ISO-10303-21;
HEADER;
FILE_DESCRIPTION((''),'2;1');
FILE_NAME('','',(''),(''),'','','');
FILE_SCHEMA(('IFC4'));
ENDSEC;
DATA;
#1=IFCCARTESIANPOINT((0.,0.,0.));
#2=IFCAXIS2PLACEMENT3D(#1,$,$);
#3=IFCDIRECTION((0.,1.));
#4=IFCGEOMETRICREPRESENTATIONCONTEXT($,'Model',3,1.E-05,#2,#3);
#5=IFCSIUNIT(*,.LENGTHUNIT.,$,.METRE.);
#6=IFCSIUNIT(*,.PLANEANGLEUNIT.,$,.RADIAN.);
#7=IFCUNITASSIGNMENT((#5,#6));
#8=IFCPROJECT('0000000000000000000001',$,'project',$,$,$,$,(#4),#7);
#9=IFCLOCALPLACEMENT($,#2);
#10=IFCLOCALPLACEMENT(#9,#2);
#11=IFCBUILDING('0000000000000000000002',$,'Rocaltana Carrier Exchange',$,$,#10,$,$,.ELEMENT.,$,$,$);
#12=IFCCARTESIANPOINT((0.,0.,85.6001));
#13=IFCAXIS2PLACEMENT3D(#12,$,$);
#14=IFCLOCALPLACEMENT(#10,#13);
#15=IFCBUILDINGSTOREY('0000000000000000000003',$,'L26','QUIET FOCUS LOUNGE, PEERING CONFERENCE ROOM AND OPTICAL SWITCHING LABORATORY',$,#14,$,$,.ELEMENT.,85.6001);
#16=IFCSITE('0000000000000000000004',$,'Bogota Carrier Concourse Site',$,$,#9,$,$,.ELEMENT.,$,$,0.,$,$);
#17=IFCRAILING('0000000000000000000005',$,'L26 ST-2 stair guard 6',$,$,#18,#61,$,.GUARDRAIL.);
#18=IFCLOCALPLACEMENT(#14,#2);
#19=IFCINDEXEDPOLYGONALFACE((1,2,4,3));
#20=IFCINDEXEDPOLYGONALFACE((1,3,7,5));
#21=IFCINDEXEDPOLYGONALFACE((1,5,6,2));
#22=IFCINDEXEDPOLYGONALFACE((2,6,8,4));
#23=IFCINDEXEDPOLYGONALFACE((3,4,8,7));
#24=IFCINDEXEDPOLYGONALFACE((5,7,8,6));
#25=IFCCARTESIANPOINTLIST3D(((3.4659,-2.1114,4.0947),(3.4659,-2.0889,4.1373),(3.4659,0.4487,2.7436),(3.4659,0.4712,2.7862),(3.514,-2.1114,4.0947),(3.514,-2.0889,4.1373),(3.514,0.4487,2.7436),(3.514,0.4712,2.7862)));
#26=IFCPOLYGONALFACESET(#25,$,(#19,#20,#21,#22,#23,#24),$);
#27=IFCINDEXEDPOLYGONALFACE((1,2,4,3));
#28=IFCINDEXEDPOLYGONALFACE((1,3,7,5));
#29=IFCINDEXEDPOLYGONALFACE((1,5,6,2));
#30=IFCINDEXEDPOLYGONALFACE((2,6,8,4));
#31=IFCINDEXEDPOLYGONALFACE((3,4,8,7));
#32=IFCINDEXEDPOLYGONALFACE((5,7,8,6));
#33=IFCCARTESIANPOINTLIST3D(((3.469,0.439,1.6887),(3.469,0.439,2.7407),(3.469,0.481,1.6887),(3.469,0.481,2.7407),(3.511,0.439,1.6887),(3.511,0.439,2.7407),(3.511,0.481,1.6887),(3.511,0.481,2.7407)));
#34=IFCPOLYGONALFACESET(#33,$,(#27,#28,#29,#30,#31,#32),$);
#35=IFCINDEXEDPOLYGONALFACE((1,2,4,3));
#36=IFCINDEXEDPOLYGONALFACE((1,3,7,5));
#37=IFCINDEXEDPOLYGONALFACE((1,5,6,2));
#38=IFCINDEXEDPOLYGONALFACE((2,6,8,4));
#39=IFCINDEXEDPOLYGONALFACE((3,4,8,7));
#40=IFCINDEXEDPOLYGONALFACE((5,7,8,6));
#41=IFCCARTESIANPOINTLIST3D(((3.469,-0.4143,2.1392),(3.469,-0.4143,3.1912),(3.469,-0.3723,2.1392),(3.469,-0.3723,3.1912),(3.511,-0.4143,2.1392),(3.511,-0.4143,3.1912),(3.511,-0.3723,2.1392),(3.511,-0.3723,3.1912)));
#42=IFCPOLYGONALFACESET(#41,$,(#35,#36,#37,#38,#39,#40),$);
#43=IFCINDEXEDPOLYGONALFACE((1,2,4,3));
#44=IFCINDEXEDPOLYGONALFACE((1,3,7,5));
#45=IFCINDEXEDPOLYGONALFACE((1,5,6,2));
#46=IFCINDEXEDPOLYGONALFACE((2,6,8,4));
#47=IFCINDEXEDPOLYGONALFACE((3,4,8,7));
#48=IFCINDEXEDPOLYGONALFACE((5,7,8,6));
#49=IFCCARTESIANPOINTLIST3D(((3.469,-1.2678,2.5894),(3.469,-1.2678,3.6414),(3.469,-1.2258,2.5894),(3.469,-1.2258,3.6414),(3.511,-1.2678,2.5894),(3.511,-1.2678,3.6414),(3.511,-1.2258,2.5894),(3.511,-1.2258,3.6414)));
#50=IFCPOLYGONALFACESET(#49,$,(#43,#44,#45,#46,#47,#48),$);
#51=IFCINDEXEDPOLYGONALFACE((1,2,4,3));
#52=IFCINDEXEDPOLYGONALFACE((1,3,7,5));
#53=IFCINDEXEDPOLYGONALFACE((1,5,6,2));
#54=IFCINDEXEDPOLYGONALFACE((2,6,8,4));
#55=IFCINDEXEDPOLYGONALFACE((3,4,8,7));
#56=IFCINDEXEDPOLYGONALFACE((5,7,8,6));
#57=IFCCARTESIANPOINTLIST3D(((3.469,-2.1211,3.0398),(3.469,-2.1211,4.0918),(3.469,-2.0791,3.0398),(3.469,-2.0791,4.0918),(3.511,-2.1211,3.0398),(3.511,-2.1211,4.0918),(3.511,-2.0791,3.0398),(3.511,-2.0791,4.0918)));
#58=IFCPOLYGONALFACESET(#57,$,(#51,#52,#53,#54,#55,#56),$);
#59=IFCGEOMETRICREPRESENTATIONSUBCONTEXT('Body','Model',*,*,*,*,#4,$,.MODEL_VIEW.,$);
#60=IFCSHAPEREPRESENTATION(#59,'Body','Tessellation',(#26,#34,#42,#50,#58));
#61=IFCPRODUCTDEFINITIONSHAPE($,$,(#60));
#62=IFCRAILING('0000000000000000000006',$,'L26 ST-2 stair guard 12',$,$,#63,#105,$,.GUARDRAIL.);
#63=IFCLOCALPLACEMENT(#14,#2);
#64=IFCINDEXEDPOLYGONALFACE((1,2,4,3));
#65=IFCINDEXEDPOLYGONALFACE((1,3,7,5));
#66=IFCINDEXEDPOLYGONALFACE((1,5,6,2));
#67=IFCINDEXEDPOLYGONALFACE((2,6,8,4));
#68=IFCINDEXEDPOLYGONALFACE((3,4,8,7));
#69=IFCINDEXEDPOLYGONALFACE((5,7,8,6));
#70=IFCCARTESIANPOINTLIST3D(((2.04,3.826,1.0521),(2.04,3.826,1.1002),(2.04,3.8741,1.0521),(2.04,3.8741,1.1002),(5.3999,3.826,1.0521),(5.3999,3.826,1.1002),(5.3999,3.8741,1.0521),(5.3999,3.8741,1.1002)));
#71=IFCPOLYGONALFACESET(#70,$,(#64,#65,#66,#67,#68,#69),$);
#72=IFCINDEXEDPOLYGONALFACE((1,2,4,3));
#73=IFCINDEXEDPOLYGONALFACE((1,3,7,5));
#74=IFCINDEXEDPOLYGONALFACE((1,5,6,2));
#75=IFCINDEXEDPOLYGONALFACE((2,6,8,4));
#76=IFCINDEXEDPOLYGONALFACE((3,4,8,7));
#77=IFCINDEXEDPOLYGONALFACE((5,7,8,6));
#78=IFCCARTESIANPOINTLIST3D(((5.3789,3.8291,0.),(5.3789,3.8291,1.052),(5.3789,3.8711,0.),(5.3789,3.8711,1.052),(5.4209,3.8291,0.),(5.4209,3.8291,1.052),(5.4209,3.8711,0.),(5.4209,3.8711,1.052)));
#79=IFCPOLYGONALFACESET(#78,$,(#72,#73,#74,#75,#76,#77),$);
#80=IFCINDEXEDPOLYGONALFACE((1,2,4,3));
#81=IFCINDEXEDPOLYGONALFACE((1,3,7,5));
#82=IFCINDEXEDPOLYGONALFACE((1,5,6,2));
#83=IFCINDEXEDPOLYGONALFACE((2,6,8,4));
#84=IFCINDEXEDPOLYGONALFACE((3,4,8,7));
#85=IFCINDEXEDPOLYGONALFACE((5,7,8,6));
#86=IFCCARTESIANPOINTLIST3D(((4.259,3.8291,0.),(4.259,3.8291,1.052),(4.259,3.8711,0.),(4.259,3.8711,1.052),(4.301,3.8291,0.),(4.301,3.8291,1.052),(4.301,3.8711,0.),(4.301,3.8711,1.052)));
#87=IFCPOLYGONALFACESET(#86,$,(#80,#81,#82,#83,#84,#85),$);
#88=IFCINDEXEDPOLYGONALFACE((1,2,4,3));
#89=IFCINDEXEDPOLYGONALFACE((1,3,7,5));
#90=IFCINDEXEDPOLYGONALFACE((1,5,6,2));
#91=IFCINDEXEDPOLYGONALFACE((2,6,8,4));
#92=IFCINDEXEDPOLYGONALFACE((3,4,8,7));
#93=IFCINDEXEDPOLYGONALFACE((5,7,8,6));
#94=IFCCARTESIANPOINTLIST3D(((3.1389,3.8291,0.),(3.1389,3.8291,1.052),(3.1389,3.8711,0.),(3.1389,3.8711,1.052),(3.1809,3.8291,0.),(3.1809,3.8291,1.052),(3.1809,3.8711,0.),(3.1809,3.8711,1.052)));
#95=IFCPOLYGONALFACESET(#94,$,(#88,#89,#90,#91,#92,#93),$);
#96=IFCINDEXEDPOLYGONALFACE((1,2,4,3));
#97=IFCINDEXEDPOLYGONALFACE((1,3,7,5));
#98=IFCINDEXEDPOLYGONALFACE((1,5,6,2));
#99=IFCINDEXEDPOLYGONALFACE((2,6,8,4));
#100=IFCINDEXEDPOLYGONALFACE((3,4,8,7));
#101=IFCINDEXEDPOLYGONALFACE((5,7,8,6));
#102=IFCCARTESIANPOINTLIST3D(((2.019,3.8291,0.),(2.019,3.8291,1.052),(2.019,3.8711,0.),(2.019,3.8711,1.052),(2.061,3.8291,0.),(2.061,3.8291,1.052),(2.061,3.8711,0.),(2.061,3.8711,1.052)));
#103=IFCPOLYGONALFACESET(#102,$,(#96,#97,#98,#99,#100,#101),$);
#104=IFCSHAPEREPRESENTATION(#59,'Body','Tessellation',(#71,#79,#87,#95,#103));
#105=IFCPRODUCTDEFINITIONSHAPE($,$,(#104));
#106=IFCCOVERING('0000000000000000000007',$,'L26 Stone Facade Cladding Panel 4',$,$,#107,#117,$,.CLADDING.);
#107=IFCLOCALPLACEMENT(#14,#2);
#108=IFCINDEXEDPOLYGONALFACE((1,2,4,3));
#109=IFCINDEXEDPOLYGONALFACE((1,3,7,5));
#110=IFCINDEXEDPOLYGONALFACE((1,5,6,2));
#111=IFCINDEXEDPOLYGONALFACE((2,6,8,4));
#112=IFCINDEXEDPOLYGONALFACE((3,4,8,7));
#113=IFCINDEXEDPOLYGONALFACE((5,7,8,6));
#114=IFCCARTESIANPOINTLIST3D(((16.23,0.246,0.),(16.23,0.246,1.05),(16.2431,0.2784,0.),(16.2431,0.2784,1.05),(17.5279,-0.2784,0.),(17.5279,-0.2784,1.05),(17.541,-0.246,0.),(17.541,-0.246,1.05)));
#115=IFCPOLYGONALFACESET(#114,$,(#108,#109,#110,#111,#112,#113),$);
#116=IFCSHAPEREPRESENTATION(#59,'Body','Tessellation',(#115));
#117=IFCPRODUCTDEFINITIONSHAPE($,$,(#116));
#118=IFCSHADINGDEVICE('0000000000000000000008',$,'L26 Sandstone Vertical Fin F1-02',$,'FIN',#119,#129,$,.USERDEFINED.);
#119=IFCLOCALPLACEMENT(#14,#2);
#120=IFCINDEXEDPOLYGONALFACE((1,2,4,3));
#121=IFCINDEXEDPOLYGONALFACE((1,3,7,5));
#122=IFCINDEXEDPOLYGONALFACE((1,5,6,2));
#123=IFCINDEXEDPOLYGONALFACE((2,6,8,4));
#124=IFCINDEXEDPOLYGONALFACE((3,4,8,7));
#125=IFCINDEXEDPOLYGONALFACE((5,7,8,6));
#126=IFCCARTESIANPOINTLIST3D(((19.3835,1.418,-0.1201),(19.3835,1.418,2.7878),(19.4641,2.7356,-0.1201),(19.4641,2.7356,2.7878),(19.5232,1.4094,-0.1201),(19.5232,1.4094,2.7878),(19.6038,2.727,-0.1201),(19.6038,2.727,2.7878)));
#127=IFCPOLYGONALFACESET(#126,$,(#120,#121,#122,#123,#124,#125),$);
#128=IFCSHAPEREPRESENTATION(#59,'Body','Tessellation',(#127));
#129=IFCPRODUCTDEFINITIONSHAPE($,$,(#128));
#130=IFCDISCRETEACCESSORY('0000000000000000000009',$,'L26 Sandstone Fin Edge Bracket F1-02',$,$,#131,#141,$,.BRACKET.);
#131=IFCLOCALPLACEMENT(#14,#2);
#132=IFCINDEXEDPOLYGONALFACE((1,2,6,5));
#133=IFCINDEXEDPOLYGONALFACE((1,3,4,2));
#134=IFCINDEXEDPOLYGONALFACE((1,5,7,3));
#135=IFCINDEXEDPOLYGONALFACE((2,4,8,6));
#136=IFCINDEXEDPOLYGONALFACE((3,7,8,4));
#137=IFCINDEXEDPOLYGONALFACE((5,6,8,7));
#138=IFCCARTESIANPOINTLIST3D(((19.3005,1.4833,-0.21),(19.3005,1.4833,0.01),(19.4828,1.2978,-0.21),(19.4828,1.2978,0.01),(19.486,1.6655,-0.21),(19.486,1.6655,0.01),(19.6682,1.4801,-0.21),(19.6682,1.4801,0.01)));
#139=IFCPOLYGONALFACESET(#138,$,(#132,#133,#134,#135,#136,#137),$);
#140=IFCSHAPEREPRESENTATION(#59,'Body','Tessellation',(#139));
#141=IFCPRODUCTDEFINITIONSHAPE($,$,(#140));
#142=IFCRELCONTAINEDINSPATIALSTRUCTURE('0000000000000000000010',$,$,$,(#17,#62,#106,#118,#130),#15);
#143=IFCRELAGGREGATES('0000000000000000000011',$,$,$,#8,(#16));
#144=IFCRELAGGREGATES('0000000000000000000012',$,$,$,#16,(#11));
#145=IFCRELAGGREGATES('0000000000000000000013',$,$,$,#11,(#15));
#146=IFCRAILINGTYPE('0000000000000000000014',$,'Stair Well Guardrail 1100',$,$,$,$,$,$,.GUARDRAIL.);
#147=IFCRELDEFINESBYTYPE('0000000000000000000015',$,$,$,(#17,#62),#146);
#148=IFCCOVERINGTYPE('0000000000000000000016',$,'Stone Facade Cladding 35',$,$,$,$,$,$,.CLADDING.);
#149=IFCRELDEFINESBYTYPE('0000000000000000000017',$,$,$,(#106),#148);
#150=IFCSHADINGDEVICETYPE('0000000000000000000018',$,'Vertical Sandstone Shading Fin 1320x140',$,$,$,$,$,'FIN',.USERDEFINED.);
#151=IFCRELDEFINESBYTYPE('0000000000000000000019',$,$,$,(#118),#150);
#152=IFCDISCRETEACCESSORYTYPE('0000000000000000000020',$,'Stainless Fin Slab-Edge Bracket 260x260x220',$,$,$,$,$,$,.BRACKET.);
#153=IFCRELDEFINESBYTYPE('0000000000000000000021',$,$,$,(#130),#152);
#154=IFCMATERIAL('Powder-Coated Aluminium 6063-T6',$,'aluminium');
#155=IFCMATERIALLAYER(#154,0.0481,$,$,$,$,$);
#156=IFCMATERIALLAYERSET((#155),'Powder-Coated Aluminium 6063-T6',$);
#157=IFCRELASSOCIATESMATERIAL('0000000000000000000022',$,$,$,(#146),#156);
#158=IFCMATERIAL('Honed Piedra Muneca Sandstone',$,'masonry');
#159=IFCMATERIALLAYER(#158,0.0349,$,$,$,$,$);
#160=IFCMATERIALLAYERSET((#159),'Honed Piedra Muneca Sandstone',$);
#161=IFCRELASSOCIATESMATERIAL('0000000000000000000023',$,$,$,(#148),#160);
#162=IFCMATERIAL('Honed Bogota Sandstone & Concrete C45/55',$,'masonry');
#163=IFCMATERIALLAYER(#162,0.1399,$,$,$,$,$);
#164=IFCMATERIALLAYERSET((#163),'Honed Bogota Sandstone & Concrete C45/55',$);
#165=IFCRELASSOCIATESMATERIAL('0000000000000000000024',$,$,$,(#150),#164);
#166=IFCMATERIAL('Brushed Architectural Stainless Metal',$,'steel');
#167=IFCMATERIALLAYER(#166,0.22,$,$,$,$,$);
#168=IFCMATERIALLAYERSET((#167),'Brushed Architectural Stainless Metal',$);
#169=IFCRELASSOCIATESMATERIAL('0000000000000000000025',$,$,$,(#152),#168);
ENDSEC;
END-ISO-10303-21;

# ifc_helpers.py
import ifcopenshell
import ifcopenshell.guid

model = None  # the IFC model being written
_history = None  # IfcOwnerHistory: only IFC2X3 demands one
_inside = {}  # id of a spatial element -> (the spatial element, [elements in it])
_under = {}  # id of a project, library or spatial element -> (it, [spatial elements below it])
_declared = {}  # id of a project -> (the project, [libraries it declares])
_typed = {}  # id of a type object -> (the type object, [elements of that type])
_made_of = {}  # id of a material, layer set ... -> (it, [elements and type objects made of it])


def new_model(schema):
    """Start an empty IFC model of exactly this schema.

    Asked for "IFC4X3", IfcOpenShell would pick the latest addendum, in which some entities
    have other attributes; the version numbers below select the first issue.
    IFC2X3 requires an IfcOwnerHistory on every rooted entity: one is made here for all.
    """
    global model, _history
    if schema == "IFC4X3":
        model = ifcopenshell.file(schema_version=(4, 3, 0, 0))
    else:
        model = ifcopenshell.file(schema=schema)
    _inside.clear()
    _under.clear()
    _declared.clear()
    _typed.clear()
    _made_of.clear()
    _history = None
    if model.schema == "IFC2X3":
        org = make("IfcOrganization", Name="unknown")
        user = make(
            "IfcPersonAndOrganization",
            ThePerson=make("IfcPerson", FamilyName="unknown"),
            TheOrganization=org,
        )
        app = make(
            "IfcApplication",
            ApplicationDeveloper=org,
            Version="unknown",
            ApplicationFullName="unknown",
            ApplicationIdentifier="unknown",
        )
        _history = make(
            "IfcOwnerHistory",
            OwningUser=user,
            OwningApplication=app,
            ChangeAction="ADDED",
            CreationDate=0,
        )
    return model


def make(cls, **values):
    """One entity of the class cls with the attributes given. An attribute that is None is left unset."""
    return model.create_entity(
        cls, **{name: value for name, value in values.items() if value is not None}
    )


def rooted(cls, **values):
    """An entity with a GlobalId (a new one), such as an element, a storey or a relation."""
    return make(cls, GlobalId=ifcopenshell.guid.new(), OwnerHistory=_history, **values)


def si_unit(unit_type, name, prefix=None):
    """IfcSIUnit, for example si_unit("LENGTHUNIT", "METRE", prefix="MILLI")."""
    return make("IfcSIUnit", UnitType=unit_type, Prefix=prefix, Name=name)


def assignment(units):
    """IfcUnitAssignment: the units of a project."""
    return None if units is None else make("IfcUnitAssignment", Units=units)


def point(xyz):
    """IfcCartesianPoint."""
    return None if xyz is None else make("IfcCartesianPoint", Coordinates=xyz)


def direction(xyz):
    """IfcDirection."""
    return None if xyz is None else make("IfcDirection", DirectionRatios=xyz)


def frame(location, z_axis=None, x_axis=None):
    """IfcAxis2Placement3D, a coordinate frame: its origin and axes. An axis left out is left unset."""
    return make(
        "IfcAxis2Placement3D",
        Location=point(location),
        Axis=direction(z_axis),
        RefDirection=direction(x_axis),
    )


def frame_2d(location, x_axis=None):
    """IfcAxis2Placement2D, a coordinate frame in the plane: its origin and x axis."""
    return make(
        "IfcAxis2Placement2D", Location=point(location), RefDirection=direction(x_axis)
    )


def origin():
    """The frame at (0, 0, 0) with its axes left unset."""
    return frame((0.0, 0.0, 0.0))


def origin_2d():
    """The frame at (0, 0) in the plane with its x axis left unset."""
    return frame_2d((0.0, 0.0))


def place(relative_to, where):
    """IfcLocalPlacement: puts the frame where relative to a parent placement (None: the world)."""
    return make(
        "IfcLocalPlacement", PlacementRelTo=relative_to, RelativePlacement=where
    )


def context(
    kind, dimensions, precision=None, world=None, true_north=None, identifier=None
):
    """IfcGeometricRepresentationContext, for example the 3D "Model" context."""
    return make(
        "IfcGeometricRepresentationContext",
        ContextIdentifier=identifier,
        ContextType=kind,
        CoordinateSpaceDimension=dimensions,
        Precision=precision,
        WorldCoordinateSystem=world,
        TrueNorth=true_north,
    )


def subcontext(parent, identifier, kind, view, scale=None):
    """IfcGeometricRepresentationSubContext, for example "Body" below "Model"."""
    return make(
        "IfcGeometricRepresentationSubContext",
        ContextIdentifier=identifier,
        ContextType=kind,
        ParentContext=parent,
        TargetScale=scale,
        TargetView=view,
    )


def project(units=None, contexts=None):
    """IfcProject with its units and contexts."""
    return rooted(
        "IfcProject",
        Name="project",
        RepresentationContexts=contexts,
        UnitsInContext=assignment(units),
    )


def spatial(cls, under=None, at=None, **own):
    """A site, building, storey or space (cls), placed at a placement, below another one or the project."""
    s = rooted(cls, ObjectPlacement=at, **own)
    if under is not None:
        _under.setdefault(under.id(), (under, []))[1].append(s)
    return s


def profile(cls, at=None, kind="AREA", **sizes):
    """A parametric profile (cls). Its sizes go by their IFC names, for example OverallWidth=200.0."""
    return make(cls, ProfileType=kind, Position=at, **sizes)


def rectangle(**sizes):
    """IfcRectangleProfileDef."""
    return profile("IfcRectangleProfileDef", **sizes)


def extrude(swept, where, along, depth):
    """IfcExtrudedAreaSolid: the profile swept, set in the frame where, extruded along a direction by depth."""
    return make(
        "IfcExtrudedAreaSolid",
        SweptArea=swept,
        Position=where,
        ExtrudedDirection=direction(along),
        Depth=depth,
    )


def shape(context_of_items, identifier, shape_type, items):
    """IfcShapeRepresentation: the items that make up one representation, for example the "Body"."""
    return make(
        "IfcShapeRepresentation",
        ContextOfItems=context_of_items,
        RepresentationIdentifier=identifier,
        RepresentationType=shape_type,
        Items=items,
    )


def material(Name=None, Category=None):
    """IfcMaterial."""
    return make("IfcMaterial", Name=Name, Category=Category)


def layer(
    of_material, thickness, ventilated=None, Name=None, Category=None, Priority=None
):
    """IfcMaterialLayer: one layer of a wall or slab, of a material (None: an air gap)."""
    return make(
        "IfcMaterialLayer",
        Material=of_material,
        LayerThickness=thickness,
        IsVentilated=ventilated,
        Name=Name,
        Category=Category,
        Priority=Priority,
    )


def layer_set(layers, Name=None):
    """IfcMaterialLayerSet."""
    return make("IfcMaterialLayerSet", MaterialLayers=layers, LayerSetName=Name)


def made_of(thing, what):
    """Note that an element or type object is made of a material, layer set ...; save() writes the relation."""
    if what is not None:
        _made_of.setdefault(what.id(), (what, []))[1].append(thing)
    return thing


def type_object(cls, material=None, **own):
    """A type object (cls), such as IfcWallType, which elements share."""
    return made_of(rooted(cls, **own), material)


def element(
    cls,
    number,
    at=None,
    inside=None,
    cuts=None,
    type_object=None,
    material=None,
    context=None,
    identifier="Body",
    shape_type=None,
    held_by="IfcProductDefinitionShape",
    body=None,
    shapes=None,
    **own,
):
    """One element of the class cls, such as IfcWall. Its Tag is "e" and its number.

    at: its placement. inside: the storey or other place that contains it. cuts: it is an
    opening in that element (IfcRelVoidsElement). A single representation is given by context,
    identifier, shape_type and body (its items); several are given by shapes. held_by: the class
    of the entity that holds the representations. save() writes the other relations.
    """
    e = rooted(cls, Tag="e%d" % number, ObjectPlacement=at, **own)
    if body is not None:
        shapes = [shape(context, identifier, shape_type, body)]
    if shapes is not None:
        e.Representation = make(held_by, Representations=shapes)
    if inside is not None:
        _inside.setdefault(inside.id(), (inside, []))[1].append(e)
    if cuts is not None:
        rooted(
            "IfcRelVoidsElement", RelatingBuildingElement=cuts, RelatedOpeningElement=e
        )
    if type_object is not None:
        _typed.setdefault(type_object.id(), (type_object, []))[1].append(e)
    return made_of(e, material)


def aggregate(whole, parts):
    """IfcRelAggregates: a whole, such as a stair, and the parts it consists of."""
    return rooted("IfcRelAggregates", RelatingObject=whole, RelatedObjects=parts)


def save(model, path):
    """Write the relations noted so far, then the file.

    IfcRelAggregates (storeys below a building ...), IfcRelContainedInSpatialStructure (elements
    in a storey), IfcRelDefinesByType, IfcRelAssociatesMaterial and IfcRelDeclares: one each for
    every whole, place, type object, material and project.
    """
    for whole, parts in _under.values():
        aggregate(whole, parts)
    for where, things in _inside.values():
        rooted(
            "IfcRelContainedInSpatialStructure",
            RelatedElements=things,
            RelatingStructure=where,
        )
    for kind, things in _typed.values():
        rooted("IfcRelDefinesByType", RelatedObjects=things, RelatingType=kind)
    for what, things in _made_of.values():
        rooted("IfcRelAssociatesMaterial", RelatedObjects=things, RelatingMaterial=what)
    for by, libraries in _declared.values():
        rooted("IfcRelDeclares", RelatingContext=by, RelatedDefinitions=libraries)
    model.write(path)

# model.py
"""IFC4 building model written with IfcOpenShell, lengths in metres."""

from ifc_helpers import new_model, si_unit, direction, frame, origin, origin_2d, place, context, subcontext, project, spatial, rectangle, extrude, material, layer, layer_set, type_object, element, save


model = new_model("IFC4")

# Units and contexts
model_context = context("Model", 3, precision=1e-05, world=origin(), true_north=direction((0.0, 1.0)))
body_context = subcontext(model_context, "Body", "Model", "MODEL_VIEW")
ifc_project = project(units=[si_unit("LENGTHUNIT", "METRE"), si_unit("PLANEANGLEUNIT", "RADIAN")], contexts=[model_context])

# Site, building, storey
site_placement = place(None, origin())
site = spatial("IfcSite", under=ifc_project, at=site_placement, Name="Bogota Carrier Concourse Site", CompositionType="ELEMENT", RefElevation=0.0)
building_placement = place(site_placement, origin())
building = spatial("IfcBuilding", under=site, at=building_placement, Name="Rocaltana Carrier Exchange", CompositionType="ELEMENT")
storey_placement = place(building_placement, frame((0.0, 0.0, 85.6001)))
storey = spatial("IfcBuildingStorey", under=building, at=storey_placement, Name="L26", Description="QUIET FOCUS LOUNGE, PEERING CONFERENCE ROOM AND OPTICAL SWITCHING LABORATORY", CompositionType="ELEMENT", Elevation=85.6001)

# Railings
ifc_material_1 = material(Name="Powder-Coated Aluminium 6063-T6", Category="aluminium")
ifc_layer_1 = layer(ifc_material_1, 0.0481)
ifc_layer_set_1 = layer_set([ifc_layer_1], Name="Powder-Coated Aluminium 6063-T6")
railing_type = type_object("IfcRailingType", Name="Stair Well Guardrail 1100", PredefinedType="GUARDRAIL", material=ifc_layer_set_1)
railing_1_placement = place(storey_placement, frame((3.49, 0.46, 1.6887)))
element("IfcRailing", 1, at=railing_1_placement, inside=storey, type_object=railing_type, Name="L26 ST-2 stair guard 6", PredefinedType="GUARDRAIL", context=body_context, shape_type="SweptSolid", body=[
    extrude(rectangle(XDim=0.0481, YDim=0.0481, at=origin_2d()), frame((0.0, 0.0, 1.0762), z_axis=(0.0, -0.884394, 0.46674), x_axis=(1.0, 0.0, 0.0)), (0.0, 0.0, 1.0), 2.8948),
    extrude(rectangle(XDim=0.042, YDim=0.042, at=origin_2d()), origin(), (0.0, 0.0, 1.0), 1.052),
    extrude(rectangle(XDim=0.042, YDim=0.042, at=origin_2d()), frame((0.0, -0.8533, 0.4504)), (0.0, 0.0, 1.0), 1.052),
    extrude(rectangle(XDim=0.042, YDim=0.042, at=origin_2d()), frame((0.0, -1.7068, 0.9006)), (0.0, 0.0, 1.0), 1.052),
    extrude(rectangle(XDim=0.042, YDim=0.042, at=origin_2d()), frame((0.0, -2.5601, 1.3511)), (0.0, 0.0, 1.0), 1.052),
])
railing_2_placement = place(storey_placement, frame((5.3999, 3.8501, 0.0)))
element("IfcRailing", 2, at=railing_2_placement, inside=storey, type_object=railing_type, Name="L26 ST-2 stair guard 12", PredefinedType="GUARDRAIL", context=body_context, shape_type="SweptSolid", body=[
    extrude(rectangle(XDim=0.0481, YDim=0.0481, at=origin_2d()), frame((0.0, 0.0, 1.0762), z_axis=(-1.0, 0.0, 0.0), x_axis=(0.0, -1.0, 0.0)), (0.0, 0.0, 1.0), 3.3599),
    extrude(rectangle(XDim=0.042, YDim=0.042, at=origin_2d()), origin(), (0.0, 0.0, 1.0), 1.052),
    extrude(rectangle(XDim=0.042, YDim=0.042, at=origin_2d()), frame((-1.1199, 0.0, 0.0)), (0.0, 0.0, 1.0), 1.052),
    extrude(rectangle(XDim=0.042, YDim=0.042, at=origin_2d()), frame((-2.24, 0.0, 0.0)), (0.0, 0.0, 1.0), 1.052),
    extrude(rectangle(XDim=0.042, YDim=0.042, at=origin_2d()), frame((-3.3599, 0.0, 0.0)), (0.0, 0.0, 1.0), 1.052),
])

# Covering
ifc_material_2 = material(Name="Honed Piedra Muneca Sandstone", Category="masonry")
ifc_layer_2 = layer(ifc_material_2, 0.0349)
ifc_layer_set_2 = layer_set([ifc_layer_2], Name="Honed Piedra Muneca Sandstone")
covering_type = type_object("IfcCoveringType", Name="Stone Facade Cladding 35", PredefinedType="CLADDING", material=ifc_layer_set_2)
covering_placement = place(storey_placement, frame((16.8855, 0.0, 0.0), z_axis=(0.0, 0.0, 1.0), x_axis=(-0.927184, 0.374607, 0.0)))
element("IfcCovering", 3, at=covering_placement, inside=storey, type_object=covering_type, Name="L26 Stone Facade Cladding Panel 4", PredefinedType="CLADDING", context=body_context, shape_type="SweptSolid", body=[
    extrude(rectangle(XDim=1.3999, YDim=0.0349, at=origin_2d()), origin(), (0.0, 0.0, 1.0), 1.05),
])

# Shading device
ifc_material_3 = material(Name="Honed Bogota Sandstone & Concrete C45/55", Category="masonry")
ifc_layer_3 = layer(ifc_material_3, 0.1399)
ifc_layer_set_3 = layer_set([ifc_layer_3], Name="Honed Bogota Sandstone & Concrete C45/55")
shading_device_type = type_object("IfcShadingDeviceType", Name="Vertical Sandstone Shading Fin 1320x140", ElementType="FIN", PredefinedType="USERDEFINED", material=ifc_layer_set_3)
shading_device_placement = place(storey_placement, frame((19.4937, 2.0725, -0.1201), z_axis=(0.0, 0.0, 1.0), x_axis=(0.061049, 0.998135, 0.0)))
element("IfcShadingDevice", 4, at=shading_device_placement, inside=storey, type_object=shading_device_type, Name="L26 Sandstone Vertical Fin F1-02", ObjectType="FIN", PredefinedType="USERDEFINED", context=body_context, shape_type="SweptSolid", body=[
    extrude(rectangle(XDim=1.3201, YDim=0.1399, at=origin_2d()), origin(), (0.0, 0.0, 1.0), 2.908),
])

# Discrete accessory
ifc_material_4 = material(Name="Brushed Architectural Stainless Metal", Category="steel")
ifc_layer_4 = layer(ifc_material_4, 0.22)
ifc_layer_set_4 = layer_set([ifc_layer_4], Name="Brushed Architectural Stainless Metal")
discrete_accessory_type = type_object("IfcDiscreteAccessoryType", Name="Stainless Fin Slab-Edge Bracket 260x260x220", PredefinedType="BRACKET", material=ifc_layer_set_4)
discrete_accessory_placement = place(storey_placement, frame((19.4844, 1.4817, -0.21), z_axis=(0.0, 0.0, 1.0), x_axis=(-0.700909, 0.71325, 0.0)))
element("IfcDiscreteAccessory", 5, at=discrete_accessory_placement, inside=storey, type_object=discrete_accessory_type, Name="L26 Sandstone Fin Edge Bracket F1-02", PredefinedType="BRACKET", context=body_context, shape_type="SweptSolid", body=[
    extrude(rectangle(XDim=0.26, YDim=0.26, at=origin_2d()), origin(), (0.0, 0.0, 1.0), 0.22),
])

save(model, "model.ifc")
